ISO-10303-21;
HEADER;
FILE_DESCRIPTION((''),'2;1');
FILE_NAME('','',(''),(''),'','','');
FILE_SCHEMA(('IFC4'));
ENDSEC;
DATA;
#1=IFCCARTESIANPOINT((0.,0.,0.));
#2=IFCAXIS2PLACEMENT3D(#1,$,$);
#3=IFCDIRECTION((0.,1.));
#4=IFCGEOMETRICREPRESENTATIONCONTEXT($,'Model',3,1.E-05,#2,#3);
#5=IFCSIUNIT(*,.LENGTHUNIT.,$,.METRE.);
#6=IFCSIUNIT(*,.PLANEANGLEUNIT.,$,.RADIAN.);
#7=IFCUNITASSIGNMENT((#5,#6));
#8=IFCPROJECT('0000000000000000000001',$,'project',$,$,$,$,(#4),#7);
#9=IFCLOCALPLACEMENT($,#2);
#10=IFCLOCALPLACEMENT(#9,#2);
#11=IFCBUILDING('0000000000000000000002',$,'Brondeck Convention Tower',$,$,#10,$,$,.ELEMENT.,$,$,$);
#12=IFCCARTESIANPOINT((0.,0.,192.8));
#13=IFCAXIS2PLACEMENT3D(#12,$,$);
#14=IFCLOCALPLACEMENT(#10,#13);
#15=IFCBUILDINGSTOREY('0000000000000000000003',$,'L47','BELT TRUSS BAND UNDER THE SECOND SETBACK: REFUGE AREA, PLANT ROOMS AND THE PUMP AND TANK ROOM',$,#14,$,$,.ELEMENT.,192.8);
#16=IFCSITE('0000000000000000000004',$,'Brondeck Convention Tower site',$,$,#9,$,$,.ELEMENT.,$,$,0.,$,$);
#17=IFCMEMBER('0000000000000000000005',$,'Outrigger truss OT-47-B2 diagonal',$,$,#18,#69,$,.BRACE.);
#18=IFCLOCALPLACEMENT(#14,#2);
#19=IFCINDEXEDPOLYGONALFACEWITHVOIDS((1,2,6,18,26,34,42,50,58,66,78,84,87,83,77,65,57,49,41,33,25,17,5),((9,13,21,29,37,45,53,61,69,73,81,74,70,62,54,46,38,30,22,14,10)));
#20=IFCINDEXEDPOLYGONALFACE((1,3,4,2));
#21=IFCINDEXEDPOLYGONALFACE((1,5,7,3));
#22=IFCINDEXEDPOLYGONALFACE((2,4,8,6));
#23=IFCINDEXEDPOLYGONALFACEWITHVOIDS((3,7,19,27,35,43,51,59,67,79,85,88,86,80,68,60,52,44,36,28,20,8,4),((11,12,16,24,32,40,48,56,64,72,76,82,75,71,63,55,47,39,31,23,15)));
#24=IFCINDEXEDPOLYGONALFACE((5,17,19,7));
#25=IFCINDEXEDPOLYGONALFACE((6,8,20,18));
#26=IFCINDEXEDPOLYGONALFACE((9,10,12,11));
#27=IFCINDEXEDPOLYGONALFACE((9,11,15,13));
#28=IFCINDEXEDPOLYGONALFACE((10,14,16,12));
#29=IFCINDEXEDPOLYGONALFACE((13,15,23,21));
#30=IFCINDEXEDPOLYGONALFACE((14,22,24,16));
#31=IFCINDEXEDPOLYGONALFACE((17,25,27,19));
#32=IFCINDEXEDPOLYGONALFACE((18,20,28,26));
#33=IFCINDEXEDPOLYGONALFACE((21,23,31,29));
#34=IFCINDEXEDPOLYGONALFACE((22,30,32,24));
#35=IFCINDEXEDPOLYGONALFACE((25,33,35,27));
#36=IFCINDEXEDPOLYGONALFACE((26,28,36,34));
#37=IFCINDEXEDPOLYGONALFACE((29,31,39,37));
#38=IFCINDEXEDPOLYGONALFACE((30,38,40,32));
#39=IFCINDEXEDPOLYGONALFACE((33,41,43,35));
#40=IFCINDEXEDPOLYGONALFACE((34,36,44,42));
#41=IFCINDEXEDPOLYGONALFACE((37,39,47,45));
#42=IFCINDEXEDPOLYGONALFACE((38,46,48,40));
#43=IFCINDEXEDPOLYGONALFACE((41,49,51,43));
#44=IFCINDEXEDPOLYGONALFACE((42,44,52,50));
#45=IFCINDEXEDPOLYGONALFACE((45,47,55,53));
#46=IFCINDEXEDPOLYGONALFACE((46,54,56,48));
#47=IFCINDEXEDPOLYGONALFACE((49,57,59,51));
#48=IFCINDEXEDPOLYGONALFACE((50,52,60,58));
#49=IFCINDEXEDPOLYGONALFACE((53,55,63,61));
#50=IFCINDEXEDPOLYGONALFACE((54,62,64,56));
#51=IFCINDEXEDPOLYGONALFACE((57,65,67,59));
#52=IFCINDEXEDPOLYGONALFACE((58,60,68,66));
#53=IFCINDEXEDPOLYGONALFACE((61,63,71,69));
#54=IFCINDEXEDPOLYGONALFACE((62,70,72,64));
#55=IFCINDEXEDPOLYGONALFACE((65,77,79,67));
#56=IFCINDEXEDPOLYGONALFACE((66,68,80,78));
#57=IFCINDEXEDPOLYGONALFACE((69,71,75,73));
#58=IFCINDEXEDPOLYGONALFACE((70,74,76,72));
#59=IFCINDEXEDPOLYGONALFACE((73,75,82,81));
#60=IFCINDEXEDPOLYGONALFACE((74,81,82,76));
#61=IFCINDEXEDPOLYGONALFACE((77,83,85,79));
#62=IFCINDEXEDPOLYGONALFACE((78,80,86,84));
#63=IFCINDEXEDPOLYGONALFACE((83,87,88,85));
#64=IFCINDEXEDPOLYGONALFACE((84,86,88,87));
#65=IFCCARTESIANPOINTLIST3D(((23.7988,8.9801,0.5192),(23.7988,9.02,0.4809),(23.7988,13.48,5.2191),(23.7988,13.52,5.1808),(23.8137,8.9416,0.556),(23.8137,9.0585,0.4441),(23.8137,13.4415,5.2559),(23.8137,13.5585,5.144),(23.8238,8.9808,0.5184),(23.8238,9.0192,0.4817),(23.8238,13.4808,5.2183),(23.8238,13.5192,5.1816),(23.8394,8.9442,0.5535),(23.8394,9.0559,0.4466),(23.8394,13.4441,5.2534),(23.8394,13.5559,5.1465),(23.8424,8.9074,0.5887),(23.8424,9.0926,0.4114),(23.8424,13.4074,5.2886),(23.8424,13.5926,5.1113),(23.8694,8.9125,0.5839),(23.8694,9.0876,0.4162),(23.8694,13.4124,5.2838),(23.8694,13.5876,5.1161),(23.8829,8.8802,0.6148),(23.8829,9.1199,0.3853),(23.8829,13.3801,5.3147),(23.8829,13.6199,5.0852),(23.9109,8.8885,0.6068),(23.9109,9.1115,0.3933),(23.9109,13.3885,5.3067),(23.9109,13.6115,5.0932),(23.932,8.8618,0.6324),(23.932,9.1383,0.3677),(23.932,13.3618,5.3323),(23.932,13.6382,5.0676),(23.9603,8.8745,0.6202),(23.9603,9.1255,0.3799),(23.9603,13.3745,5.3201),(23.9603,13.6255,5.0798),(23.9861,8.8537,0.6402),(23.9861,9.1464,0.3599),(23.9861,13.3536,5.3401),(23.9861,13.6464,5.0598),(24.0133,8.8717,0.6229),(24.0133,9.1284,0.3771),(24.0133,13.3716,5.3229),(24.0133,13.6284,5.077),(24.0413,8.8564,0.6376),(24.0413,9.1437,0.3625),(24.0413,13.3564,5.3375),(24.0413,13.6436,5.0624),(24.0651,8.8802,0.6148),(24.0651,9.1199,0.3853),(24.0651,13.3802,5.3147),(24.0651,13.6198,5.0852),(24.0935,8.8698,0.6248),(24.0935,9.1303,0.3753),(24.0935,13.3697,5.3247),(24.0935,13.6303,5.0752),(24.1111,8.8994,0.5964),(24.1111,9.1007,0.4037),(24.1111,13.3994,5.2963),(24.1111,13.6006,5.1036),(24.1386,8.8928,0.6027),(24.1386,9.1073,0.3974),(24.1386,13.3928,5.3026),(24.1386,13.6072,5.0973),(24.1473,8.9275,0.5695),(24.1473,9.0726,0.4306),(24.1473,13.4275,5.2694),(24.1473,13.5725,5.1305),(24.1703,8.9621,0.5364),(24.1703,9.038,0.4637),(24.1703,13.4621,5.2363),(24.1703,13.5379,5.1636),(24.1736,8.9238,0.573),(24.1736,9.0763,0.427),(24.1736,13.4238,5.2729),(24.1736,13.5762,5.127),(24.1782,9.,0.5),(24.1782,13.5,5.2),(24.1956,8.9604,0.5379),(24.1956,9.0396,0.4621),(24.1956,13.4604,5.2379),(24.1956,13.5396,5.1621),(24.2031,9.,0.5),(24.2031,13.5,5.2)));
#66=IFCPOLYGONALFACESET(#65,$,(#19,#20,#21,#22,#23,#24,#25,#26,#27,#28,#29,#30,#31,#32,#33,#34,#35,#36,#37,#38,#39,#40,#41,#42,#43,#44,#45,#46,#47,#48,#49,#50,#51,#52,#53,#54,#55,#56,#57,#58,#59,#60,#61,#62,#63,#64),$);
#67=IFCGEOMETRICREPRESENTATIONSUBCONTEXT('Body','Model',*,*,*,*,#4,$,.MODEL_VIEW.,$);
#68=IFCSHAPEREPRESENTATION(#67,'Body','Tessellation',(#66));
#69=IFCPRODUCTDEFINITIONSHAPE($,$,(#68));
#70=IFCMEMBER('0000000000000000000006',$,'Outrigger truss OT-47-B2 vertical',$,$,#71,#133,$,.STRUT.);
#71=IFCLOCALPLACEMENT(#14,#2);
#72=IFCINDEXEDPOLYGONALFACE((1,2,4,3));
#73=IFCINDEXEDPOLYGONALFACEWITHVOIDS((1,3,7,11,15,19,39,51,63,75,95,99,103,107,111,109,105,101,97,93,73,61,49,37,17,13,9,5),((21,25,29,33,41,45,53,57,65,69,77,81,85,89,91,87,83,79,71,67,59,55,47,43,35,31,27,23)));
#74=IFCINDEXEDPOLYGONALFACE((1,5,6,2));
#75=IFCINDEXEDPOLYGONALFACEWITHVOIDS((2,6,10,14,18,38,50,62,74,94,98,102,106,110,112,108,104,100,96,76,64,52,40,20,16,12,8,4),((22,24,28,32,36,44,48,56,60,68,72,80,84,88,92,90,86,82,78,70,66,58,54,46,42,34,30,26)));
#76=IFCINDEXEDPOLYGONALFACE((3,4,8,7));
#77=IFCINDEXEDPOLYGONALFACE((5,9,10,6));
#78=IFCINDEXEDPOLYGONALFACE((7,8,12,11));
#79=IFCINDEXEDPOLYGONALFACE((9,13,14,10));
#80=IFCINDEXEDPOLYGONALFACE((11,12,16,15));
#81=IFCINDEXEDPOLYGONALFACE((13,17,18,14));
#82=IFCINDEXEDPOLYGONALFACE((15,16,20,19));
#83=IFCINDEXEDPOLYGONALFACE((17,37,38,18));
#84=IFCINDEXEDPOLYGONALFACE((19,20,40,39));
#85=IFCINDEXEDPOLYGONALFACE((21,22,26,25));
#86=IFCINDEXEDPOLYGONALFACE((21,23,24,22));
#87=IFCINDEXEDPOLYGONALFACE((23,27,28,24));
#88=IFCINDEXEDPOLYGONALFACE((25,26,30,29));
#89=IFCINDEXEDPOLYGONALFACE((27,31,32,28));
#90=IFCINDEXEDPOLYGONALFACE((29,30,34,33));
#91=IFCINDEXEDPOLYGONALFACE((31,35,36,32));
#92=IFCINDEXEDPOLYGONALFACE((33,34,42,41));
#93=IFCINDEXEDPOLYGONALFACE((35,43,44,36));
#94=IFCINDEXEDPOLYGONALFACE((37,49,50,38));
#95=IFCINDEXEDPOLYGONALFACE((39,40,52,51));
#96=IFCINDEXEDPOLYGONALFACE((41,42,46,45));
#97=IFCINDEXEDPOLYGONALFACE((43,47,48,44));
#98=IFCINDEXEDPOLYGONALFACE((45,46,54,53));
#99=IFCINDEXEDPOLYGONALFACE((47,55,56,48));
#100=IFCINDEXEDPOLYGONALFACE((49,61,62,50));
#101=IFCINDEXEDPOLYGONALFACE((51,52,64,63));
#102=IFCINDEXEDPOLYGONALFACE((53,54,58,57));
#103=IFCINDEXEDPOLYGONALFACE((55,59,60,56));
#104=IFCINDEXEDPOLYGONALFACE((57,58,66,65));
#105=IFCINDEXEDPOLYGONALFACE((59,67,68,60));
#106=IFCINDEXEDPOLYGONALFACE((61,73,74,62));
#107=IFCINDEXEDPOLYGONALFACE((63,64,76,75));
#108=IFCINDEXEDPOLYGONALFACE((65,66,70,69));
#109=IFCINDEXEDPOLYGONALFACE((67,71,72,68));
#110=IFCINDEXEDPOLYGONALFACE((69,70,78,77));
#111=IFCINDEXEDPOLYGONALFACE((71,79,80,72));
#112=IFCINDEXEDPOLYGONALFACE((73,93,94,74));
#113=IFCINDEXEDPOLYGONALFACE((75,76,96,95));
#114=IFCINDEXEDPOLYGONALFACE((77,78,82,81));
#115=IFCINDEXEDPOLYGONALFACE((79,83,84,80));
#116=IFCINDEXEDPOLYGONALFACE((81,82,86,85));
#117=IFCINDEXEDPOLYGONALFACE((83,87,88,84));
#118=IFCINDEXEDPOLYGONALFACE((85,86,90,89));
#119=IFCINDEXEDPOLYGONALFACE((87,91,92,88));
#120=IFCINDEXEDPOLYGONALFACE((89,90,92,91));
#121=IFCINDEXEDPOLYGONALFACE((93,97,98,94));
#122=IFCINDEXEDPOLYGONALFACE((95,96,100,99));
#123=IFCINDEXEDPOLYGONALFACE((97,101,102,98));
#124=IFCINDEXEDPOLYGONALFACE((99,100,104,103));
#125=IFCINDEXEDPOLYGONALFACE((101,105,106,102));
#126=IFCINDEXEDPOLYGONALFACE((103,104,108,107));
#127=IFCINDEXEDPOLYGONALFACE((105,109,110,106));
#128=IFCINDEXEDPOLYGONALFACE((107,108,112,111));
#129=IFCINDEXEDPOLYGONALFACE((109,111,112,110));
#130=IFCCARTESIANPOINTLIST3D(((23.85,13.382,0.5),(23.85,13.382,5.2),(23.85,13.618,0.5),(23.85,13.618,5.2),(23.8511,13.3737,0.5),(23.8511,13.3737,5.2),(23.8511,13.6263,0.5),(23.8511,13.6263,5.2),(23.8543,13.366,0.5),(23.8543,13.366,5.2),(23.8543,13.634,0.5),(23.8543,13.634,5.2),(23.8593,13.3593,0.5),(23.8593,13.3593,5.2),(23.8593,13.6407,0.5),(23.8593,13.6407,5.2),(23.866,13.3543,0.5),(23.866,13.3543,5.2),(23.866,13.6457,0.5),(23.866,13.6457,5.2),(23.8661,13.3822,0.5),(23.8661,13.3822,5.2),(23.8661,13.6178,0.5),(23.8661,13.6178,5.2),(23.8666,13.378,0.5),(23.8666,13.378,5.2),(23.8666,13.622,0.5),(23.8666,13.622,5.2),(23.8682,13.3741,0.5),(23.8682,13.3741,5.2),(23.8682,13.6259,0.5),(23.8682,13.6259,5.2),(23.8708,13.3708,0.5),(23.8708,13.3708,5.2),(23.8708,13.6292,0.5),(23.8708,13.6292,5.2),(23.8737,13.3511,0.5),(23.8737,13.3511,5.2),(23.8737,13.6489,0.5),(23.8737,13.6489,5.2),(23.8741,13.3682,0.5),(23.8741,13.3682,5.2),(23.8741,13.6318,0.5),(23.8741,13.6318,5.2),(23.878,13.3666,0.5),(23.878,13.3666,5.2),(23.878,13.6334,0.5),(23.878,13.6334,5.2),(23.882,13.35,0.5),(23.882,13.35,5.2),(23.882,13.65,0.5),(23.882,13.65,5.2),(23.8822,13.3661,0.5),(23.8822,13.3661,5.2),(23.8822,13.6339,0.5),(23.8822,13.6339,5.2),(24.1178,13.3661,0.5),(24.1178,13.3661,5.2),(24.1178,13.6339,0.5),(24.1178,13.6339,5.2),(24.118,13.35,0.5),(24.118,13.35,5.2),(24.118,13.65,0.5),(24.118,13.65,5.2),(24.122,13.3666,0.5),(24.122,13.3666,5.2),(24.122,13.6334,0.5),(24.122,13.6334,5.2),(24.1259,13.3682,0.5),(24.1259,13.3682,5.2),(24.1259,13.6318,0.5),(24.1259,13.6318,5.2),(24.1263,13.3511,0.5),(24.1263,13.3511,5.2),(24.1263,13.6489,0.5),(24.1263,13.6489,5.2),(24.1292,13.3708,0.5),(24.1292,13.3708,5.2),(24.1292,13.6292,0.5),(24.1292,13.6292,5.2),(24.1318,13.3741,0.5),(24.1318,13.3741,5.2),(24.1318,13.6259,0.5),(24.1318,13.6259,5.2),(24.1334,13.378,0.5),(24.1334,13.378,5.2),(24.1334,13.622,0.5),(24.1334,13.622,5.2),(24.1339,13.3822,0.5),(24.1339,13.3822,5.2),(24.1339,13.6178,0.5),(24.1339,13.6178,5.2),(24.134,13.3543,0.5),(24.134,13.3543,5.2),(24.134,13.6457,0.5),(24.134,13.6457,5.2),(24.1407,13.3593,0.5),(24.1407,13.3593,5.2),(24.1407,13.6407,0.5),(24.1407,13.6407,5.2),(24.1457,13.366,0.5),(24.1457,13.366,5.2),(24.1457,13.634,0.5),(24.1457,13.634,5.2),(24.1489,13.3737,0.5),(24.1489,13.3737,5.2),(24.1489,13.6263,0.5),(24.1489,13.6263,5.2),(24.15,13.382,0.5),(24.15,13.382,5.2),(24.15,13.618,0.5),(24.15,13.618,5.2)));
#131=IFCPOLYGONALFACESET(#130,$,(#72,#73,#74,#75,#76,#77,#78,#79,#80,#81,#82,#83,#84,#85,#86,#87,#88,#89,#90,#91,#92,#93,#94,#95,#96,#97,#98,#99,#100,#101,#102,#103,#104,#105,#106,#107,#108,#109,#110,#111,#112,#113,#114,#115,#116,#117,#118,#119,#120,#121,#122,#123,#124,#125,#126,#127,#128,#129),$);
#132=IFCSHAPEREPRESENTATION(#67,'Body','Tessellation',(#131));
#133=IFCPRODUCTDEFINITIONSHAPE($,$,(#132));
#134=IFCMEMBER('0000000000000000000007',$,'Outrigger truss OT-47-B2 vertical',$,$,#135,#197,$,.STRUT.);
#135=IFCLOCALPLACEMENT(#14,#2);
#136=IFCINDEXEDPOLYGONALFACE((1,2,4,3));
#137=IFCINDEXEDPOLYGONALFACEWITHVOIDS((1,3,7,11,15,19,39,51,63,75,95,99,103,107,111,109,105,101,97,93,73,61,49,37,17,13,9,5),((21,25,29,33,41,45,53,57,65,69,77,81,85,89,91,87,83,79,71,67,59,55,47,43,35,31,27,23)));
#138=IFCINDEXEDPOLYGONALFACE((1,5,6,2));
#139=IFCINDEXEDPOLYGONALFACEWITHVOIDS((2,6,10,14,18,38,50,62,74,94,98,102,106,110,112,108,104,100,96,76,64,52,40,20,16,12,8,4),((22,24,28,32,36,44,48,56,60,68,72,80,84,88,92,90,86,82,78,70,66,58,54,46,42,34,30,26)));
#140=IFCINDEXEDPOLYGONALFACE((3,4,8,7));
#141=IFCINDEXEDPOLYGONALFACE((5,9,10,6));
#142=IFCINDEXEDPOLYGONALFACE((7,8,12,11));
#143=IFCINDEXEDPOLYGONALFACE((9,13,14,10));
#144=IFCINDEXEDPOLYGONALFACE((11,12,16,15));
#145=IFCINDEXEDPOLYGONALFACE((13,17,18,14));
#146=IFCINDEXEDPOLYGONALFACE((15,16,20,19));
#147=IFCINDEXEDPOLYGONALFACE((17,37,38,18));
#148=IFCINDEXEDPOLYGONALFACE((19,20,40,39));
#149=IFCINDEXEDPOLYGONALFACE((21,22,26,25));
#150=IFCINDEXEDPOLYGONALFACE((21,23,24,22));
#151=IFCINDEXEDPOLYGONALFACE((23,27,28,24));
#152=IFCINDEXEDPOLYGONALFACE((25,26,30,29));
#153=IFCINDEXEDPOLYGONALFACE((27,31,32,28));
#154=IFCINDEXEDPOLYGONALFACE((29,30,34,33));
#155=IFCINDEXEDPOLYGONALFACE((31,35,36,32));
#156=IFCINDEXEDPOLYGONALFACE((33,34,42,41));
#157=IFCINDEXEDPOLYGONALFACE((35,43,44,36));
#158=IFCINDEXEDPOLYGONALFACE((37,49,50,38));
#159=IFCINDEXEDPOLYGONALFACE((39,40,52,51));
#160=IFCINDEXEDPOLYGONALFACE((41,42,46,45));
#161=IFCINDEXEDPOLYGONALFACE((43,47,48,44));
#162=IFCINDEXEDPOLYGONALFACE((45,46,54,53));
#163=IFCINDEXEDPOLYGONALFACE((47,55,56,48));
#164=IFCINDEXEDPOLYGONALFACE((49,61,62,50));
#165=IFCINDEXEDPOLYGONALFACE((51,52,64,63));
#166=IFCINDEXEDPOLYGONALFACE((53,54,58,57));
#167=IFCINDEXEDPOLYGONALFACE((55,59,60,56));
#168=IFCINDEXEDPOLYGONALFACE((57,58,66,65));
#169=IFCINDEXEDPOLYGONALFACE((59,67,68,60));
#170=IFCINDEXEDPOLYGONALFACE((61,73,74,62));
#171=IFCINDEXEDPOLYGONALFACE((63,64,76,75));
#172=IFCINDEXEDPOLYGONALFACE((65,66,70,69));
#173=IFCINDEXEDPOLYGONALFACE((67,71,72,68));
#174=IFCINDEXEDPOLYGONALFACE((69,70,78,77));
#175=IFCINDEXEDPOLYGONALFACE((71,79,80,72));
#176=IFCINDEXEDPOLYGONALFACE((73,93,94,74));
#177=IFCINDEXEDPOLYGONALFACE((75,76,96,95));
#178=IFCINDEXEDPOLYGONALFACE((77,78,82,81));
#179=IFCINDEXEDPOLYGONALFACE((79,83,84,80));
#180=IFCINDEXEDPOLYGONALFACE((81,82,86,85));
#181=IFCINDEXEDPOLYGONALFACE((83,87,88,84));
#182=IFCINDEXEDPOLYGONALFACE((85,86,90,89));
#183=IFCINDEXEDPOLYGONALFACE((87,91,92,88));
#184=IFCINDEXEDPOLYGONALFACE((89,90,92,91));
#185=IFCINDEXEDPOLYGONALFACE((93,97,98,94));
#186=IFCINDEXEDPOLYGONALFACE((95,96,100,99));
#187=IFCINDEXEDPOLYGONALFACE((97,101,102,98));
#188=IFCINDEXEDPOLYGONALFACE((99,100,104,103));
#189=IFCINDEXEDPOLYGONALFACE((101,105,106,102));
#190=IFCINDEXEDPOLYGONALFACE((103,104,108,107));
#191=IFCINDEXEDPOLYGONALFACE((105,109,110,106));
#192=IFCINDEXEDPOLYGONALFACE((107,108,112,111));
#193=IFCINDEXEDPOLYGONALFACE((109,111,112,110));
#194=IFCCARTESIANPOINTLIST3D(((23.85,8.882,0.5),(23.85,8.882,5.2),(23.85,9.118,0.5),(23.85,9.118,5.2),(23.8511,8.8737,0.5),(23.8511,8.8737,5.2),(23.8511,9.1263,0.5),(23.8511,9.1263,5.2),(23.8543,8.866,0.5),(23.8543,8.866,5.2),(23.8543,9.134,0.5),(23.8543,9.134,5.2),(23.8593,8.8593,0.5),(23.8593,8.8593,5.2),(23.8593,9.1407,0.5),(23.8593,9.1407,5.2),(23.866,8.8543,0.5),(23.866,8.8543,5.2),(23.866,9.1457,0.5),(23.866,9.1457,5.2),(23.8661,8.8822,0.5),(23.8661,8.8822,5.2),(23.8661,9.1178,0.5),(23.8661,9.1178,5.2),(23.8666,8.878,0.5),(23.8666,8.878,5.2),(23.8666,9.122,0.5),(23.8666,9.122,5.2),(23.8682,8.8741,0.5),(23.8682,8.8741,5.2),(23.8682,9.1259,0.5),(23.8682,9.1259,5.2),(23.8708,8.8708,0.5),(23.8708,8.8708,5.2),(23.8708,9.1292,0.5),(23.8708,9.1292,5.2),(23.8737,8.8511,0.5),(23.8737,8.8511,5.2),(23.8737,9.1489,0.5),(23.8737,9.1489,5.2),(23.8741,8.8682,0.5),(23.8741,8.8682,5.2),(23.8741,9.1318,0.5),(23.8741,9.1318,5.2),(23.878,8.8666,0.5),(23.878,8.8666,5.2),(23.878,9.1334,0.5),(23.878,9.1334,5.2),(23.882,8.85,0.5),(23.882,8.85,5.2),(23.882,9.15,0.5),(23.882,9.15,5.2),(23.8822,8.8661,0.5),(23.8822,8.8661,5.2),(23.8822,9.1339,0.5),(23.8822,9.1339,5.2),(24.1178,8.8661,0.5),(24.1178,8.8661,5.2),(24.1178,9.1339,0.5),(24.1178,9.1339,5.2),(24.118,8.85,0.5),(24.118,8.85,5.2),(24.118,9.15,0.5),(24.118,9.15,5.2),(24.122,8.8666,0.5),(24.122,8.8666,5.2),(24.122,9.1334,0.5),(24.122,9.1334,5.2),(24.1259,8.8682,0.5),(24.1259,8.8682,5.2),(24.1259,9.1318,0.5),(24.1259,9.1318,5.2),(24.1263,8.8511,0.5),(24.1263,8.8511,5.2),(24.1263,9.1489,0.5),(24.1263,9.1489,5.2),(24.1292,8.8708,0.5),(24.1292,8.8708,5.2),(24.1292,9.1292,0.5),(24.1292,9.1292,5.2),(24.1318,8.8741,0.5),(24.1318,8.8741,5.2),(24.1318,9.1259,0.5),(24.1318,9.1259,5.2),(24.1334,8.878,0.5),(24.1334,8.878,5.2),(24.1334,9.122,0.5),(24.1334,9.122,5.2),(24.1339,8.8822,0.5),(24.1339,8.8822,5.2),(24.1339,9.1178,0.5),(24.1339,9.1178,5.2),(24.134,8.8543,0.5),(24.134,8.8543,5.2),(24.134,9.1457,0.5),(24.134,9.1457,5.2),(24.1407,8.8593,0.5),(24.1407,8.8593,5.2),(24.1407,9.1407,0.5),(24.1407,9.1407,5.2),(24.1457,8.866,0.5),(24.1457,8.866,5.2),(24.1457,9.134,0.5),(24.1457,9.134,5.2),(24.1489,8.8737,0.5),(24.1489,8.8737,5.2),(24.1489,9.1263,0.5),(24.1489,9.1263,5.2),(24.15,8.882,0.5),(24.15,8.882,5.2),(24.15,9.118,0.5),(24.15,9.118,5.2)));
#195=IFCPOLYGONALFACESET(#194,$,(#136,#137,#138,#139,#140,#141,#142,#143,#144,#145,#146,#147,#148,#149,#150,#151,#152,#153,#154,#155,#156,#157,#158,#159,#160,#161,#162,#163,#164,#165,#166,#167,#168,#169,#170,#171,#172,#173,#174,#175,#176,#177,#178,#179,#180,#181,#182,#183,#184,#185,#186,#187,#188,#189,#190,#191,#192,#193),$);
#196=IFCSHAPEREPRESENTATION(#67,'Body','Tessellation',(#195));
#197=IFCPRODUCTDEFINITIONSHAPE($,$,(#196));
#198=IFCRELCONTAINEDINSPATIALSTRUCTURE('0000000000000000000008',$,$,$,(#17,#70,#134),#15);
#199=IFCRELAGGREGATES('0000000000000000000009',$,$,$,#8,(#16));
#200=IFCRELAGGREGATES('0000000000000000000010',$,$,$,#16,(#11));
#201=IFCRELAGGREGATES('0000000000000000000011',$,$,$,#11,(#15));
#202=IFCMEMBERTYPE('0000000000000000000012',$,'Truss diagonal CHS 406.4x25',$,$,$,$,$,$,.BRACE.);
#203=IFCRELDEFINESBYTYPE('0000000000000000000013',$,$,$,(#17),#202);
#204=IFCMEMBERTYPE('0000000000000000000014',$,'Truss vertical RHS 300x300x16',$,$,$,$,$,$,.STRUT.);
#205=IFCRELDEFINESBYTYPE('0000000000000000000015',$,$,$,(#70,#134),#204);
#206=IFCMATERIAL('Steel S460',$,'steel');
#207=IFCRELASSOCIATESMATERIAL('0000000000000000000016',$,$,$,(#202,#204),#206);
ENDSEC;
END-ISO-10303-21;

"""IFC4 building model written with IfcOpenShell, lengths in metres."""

from ifc_helpers import new_model, si_unit, direction, frame, origin, origin_2d, place, context, subcontext, project, spatial, hollow_rectangle, hollow_circle, extrude, material, material_profile, profile_set, type_object, element, save


model = new_model("IFC4")

# Units and contexts
model_context = context("Model", 3, precision=1e-05, world=origin(), true_north=direction((0.0, 1.0)))
body_context = subcontext(model_context, "Body", "Model", "MODEL_VIEW")
ifc_project = project(units=[si_unit("LENGTHUNIT", "METRE"), si_unit("PLANEANGLEUNIT", "RADIAN")], contexts=[model_context])

# Site, building, storey
site_placement = place(None, origin())
site = spatial("IfcSite", under=ifc_project, at=site_placement, Name="Brondeck Convention Tower site", CompositionType="ELEMENT", RefElevation=0.0)
building_placement = place(site_placement, origin())
building = spatial("IfcBuilding", under=site, at=building_placement, Name="Brondeck Convention Tower", CompositionType="ELEMENT")
storey_placement = place(building_placement, frame((0.0, 0.0, 192.8)))
storey = spatial("IfcBuildingStorey", under=building, at=storey_placement, Name="L47", Description="BELT TRUSS BAND UNDER THE SECOND SETBACK: REFUGE AREA, PLANT ROOMS AND THE PUMP AND TANK ROOM", CompositionType="ELEMENT", Elevation=192.8)

# Shared definitions
ifc_material_1 = material(Name="Steel S460", Category="steel")

# Members
ifc_material_profile_1 = material_profile(ifc_material_1, hollow_circle(Radius=0.2031, WallThickness=0.0249, at=origin_2d()), Name="CHS 406.4x25")
ifc_profile_set_1 = profile_set([ifc_material_profile_1], Name="Steel S460")
member_type_1 = type_object("IfcMemberType", Name="Truss diagonal CHS 406.4x25", PredefinedType="BRACE", material=ifc_profile_set_1)
member_placement = place(storey_placement, frame((24.0, 13.5, 5.2), z_axis=(0.0, -0.691575, -0.722304), x_axis=(1.0, 0.0, 0.0)))
element("IfcMember", 1, at=member_placement, inside=storey, type_object=member_type_1, Name="Outrigger truss OT-47-B2 diagonal", PredefinedType="BRACE", context=body_context, shape_type="SweptSolid", body=[
    extrude(hollow_circle(Radius=0.2031, WallThickness=0.0249, at=origin_2d()), origin(), (0.0, 0.0, 1.0), 6.5068),
])
ifc_material_profile_2 = material_profile(ifc_material_1, hollow_rectangle(XDim=0.3, YDim=0.3, WallThickness=0.0161, InnerFilletRadius=0.0161, OuterFilletRadius=0.032, at=origin_2d()), Name="RHS 300x300x16")
ifc_profile_set_2 = profile_set([ifc_material_profile_2], Name="Steel S460")
member_type_2 = type_object("IfcMemberType", Name="Truss vertical RHS 300x300x16", PredefinedType="STRUT", material=ifc_profile_set_2)
for number, where, z_axis, x_axis, name in (
    (2, (24.0, 13.5, 0.5), (0.0, 0.0, 1.0), (1.0, 0.0, 0.0), "Outrigger truss OT-47-B2 vertical"),
    (3, (24.0, 9.0, 0.5), (0.0, 0.0, 1.0), (1.0, 0.0, 0.0), "Outrigger truss OT-47-B2 vertical"),
):
    element("IfcMember", number, at=place(storey_placement, frame(where, z_axis=z_axis, x_axis=x_axis)), inside=storey, type_object=member_type_2, Name=name, PredefinedType="STRUT", context=body_context, shape_type="SweptSolid", body=[
        extrude(hollow_rectangle(XDim=0.3, YDim=0.3, WallThickness=0.0161, InnerFilletRadius=0.0161, OuterFilletRadius=0.032, at=origin_2d()), origin(), (0.0, 0.0, 1.0), 4.7),
    ])

save(model, "model.ifc")
